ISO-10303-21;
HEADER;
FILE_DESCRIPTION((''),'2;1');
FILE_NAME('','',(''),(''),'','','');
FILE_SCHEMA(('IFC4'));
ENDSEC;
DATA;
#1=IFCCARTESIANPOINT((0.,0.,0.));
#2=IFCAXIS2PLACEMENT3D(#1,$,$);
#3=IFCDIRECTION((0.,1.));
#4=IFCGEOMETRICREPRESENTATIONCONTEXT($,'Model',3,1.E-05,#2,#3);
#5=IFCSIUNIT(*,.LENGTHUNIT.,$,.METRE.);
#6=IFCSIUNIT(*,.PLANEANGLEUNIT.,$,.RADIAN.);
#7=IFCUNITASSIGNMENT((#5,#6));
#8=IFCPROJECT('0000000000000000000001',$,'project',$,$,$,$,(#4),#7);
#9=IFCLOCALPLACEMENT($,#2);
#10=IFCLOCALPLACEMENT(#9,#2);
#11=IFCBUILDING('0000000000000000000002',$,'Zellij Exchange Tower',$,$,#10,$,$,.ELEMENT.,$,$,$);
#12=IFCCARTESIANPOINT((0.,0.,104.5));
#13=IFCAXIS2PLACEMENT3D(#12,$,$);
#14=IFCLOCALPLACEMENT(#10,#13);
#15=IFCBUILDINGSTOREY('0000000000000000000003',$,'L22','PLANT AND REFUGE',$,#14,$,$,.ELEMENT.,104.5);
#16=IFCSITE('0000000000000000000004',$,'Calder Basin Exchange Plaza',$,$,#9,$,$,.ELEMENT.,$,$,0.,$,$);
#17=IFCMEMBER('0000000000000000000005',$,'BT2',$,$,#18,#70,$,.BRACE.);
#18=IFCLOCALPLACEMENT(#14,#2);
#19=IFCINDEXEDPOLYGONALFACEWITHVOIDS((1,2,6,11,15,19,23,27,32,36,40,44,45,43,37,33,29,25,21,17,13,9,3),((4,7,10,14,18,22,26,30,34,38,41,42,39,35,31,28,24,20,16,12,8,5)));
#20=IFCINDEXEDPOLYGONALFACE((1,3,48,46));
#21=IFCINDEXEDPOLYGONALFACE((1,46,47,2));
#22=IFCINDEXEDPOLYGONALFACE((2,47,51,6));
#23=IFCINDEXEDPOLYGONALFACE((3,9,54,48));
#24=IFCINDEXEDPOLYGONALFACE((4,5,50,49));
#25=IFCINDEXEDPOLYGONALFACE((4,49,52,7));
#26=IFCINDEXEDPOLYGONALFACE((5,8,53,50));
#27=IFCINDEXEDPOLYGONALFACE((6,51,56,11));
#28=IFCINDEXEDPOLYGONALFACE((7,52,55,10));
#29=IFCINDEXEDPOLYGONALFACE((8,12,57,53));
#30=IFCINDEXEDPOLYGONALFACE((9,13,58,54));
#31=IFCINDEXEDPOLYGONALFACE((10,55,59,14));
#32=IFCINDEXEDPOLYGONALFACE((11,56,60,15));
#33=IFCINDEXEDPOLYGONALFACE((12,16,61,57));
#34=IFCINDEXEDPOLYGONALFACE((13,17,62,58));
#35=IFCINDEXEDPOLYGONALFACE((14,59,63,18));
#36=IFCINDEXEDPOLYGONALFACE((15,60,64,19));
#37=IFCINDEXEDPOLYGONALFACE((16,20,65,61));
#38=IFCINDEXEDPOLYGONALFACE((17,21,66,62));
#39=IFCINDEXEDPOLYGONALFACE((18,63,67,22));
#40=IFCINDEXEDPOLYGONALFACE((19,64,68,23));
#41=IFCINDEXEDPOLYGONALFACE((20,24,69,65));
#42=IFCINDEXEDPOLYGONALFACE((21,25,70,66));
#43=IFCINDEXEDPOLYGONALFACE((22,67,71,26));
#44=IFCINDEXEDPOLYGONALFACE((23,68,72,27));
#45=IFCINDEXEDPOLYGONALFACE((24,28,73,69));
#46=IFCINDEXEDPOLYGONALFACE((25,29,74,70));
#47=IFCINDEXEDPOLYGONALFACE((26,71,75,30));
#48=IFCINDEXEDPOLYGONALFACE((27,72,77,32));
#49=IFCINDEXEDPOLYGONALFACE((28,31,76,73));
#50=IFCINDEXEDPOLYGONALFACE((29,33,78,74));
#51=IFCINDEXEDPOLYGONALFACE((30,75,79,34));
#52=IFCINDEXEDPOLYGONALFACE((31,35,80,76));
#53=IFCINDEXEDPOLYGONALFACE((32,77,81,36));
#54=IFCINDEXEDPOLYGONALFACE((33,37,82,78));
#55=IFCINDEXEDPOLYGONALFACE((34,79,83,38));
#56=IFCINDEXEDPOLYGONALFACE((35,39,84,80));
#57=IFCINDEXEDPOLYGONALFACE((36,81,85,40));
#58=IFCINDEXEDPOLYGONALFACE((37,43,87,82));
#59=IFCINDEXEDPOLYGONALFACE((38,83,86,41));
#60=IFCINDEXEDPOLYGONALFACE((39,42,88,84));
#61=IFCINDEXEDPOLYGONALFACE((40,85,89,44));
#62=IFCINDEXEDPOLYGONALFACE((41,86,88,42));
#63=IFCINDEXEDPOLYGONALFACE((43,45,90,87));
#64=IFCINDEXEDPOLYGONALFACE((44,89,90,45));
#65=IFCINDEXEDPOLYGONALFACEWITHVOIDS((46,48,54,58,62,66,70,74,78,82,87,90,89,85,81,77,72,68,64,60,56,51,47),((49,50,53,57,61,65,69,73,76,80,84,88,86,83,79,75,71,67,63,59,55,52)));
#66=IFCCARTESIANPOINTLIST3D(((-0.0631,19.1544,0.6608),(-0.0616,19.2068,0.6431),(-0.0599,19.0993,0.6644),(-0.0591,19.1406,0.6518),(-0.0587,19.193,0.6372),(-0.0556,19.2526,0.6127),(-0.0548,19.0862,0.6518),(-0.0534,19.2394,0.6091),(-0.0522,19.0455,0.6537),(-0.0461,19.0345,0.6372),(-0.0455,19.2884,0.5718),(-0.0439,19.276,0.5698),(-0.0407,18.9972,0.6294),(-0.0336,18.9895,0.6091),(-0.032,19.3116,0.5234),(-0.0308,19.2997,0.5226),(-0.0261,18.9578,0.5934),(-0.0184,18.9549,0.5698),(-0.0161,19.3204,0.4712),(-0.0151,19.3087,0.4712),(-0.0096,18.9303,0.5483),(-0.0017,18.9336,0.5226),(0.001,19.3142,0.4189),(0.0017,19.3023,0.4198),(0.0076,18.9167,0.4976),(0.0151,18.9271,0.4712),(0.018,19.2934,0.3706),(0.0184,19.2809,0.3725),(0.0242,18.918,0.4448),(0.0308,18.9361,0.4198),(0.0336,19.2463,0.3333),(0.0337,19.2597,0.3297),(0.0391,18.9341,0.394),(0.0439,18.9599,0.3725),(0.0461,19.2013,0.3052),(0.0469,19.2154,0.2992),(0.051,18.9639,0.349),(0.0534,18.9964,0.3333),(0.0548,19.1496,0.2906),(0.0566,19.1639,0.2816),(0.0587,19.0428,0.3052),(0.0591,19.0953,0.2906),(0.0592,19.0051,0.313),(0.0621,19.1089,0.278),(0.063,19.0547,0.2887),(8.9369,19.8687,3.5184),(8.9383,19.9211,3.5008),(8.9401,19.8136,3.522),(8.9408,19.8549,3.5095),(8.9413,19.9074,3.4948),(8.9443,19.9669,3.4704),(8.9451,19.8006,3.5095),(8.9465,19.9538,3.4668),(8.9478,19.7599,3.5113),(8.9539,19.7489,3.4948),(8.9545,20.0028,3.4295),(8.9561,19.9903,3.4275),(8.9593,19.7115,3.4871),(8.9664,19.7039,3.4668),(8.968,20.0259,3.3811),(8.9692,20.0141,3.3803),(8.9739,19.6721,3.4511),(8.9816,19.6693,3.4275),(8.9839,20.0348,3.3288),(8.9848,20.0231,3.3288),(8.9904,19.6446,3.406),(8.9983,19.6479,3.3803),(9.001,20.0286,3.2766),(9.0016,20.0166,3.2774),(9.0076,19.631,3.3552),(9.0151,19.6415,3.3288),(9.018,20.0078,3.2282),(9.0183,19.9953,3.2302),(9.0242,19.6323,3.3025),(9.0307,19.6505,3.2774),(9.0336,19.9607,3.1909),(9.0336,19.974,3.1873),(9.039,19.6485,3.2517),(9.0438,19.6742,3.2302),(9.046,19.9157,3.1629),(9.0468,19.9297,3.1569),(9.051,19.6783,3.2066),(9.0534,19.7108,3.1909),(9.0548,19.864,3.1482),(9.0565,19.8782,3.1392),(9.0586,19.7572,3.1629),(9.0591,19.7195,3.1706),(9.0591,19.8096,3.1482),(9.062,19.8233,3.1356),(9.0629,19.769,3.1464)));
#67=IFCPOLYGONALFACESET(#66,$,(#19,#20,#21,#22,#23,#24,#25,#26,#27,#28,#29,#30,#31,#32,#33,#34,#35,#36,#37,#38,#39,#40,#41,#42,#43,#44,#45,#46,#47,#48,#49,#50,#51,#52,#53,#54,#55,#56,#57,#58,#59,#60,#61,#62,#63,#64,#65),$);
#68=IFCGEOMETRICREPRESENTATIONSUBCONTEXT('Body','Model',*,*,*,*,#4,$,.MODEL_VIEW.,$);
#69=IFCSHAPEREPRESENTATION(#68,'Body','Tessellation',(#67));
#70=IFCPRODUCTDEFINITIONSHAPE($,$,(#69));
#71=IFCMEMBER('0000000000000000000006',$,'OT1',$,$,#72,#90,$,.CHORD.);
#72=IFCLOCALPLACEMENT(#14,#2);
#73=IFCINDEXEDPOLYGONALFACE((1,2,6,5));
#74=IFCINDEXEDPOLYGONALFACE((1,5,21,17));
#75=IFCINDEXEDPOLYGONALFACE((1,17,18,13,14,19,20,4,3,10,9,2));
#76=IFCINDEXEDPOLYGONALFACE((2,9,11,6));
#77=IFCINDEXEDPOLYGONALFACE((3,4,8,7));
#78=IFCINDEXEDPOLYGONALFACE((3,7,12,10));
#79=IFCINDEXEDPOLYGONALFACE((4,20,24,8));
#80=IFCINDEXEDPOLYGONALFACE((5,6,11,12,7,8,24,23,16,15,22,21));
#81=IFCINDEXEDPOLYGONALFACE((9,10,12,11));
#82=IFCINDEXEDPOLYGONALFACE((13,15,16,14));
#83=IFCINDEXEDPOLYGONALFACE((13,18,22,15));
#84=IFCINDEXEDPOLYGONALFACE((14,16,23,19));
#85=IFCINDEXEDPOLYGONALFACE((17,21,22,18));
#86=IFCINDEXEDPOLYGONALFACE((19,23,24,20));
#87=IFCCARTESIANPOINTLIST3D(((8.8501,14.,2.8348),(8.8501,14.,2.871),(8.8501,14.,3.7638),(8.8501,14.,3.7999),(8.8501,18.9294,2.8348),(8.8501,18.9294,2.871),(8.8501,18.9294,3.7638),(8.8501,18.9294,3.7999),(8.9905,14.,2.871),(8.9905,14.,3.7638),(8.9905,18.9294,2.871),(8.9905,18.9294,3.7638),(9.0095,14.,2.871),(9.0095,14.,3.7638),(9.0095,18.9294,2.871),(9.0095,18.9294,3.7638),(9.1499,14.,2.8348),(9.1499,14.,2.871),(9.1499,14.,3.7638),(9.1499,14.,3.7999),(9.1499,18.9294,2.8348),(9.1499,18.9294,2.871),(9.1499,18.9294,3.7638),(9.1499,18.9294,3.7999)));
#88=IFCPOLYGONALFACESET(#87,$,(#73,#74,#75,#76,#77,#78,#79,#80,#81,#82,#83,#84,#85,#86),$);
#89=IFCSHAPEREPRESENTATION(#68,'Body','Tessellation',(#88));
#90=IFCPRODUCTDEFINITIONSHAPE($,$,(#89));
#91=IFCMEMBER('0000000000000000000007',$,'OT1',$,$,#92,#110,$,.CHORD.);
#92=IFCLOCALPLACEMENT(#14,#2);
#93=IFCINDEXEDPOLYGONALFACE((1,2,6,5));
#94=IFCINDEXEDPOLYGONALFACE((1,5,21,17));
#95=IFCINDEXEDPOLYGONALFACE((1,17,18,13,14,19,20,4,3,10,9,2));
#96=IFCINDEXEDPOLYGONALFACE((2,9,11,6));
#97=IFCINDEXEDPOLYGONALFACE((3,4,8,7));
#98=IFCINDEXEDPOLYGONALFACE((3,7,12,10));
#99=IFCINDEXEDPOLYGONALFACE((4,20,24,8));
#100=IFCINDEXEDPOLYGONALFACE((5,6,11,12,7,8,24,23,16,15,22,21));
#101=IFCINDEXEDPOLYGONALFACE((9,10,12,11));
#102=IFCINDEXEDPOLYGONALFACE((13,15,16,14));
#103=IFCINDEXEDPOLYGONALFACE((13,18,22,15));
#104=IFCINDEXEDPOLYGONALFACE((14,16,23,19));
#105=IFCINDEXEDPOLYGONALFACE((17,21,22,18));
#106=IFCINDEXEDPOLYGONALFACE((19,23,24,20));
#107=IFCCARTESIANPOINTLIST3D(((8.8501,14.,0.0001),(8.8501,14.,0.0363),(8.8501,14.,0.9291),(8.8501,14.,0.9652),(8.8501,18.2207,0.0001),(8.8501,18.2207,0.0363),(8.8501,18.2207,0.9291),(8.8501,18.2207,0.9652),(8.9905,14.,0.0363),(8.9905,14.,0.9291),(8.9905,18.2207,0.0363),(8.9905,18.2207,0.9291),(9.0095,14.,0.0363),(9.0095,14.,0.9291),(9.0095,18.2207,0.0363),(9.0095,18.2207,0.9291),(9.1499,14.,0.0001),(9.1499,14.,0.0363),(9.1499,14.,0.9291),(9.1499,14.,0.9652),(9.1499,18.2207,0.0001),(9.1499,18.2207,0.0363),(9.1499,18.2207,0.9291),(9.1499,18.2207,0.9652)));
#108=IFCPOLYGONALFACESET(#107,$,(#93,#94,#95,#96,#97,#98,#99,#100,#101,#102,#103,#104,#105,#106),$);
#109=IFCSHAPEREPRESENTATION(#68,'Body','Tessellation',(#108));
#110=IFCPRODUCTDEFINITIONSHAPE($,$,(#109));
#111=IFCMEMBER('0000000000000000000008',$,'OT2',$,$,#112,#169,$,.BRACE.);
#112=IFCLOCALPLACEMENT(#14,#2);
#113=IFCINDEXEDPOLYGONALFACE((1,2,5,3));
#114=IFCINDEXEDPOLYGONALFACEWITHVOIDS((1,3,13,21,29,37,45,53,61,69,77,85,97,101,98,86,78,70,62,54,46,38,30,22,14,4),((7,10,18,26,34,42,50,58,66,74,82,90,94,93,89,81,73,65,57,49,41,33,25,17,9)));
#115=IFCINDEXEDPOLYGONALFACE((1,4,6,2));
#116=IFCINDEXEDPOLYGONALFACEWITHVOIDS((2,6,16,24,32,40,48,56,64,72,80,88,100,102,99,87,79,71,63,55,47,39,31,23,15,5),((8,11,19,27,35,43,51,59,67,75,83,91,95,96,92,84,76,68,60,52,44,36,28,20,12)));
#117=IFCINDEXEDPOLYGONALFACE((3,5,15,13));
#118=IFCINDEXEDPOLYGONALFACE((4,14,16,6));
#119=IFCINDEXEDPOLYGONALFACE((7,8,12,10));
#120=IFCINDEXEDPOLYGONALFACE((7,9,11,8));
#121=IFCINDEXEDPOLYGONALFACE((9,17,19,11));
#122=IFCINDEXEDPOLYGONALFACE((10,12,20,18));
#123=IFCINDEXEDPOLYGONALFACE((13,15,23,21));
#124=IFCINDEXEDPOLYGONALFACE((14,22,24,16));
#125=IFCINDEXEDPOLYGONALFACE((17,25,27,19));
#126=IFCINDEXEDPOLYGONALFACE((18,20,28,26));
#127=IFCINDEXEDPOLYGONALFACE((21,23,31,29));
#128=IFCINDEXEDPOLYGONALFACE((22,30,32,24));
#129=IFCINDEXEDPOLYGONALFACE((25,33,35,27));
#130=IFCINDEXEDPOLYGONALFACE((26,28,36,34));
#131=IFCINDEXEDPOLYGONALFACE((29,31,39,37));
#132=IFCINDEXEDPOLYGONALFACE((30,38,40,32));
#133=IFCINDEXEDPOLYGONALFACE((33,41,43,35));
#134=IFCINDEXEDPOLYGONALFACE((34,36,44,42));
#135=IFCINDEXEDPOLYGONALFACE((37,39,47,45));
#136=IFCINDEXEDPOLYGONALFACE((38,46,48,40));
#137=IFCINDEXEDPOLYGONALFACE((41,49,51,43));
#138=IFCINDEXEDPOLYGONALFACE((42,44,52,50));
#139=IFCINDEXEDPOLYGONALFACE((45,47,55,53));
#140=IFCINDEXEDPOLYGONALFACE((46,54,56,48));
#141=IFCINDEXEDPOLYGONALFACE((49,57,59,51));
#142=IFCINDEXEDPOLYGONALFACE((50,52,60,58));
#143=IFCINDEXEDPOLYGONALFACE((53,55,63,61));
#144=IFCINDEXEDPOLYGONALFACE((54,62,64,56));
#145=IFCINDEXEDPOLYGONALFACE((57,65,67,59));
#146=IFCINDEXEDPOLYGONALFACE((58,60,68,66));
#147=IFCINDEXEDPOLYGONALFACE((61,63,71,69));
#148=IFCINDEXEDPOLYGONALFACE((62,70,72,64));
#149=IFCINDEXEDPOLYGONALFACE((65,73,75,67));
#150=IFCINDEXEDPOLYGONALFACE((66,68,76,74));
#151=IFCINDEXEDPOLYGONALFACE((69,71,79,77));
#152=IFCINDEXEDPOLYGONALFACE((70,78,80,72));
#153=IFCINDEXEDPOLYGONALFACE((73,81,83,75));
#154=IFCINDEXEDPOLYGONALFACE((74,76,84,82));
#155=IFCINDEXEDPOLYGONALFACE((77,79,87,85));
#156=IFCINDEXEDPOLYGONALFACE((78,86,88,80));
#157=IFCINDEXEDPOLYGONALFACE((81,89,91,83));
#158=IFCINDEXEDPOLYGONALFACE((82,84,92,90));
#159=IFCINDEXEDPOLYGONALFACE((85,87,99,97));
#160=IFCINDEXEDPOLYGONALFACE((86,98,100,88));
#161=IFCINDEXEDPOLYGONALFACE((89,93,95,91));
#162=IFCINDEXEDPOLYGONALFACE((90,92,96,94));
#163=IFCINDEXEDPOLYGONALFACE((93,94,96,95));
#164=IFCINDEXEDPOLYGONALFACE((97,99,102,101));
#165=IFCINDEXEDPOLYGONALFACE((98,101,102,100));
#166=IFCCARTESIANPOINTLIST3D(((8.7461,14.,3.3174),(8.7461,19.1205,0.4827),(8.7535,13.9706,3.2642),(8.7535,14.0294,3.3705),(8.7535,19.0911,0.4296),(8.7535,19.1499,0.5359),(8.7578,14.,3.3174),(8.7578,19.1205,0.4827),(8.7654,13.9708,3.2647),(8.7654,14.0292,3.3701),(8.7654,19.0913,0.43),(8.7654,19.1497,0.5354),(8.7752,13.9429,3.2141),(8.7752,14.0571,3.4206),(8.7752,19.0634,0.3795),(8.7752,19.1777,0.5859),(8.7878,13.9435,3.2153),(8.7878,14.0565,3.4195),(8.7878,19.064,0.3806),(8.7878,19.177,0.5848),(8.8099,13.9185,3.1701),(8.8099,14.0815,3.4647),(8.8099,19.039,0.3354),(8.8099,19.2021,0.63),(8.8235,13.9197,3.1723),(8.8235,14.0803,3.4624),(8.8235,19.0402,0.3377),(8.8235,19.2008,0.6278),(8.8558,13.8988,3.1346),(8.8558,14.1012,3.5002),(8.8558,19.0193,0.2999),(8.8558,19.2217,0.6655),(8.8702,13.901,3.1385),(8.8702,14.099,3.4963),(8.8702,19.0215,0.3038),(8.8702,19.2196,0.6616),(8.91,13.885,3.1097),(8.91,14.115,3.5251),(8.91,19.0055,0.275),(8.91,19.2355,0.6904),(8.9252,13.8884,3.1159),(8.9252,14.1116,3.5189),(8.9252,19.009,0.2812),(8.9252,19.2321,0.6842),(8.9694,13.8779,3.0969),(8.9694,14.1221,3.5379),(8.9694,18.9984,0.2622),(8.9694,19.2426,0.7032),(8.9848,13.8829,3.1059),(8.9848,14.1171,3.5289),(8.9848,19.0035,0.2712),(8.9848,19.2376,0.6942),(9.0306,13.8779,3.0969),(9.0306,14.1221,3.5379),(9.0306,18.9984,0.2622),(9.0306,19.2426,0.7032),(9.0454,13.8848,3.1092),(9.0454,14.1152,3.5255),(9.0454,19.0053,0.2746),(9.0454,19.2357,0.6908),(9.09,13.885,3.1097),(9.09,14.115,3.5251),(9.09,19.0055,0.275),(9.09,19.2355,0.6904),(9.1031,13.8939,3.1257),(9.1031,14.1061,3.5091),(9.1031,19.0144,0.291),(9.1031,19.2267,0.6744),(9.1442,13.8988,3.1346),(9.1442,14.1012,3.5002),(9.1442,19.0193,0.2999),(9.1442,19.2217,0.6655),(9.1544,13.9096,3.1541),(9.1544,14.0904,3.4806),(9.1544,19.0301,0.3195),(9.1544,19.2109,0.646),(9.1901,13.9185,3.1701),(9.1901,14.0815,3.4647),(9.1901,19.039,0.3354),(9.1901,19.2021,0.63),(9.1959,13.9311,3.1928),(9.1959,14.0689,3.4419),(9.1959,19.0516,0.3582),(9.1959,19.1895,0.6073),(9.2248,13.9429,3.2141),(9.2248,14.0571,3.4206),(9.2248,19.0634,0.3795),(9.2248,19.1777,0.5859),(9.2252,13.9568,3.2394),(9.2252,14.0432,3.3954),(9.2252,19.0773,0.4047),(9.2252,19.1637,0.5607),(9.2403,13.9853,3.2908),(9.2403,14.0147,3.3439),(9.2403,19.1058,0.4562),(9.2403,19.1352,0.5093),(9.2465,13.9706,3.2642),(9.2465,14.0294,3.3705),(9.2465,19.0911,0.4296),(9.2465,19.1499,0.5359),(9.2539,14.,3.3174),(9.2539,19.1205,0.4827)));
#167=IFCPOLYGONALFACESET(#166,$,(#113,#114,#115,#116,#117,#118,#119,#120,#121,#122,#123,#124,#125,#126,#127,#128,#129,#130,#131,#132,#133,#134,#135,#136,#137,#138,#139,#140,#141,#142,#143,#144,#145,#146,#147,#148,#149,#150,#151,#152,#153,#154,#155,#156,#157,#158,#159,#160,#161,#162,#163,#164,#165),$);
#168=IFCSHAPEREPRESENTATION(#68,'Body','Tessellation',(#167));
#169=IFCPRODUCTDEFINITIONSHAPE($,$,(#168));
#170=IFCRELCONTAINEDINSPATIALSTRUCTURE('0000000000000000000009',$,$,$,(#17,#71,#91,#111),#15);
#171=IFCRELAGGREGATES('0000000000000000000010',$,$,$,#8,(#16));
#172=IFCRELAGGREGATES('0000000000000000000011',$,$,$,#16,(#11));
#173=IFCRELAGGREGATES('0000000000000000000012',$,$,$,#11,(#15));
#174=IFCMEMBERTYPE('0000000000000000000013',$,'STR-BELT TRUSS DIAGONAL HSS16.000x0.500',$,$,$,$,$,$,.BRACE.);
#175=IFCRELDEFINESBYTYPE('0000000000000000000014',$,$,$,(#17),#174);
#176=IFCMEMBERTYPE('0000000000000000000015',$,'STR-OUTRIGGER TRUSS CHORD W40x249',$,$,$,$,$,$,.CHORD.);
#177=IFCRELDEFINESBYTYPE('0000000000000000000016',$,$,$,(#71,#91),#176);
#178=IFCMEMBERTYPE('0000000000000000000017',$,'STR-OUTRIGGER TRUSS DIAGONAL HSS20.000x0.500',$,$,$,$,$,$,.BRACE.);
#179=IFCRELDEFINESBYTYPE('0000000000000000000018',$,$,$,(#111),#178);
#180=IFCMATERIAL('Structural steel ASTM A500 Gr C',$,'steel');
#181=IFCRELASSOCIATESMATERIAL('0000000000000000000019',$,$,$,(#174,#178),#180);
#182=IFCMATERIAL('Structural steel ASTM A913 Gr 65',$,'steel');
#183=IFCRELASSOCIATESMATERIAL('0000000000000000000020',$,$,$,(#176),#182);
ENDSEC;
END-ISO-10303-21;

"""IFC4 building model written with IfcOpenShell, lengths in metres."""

from ifc_helpers import new_model, si_unit, direction, frame, origin, origin_2d, place, context, subcontext, project, spatial, hollow_circle, i_section, extrude, material, material_profile, profile_set, type_object, element, save


model = new_model("IFC4")

# Units and contexts
model_context = context("Model", 3, precision=1e-05, world=origin(), true_north=direction((0.0, 1.0)))
body_context = subcontext(model_context, "Body", "Model", "MODEL_VIEW")
ifc_project = project(units=[si_unit("LENGTHUNIT", "METRE"), si_unit("PLANEANGLEUNIT", "RADIAN")], contexts=[model_context])

# Site, building, storey
site_placement = place(None, origin())
site = spatial("IfcSite", under=ifc_project, at=site_placement, Name="Calder Basin Exchange Plaza", CompositionType="ELEMENT", RefElevation=0.0)
building_placement = place(site_placement, origin())
building = spatial("IfcBuilding", under=site, at=building_placement, Name="Zellij Exchange Tower", CompositionType="ELEMENT")
storey_placement = place(building_placement, frame((0.0, 0.0, 104.5)))
storey = spatial("IfcBuildingStorey", under=building, at=storey_placement, Name="L22", Description="PLANT AND REFUGE", CompositionType="ELEMENT", Elevation=104.5)

# Members
ifc_material_1 = material(Name="Structural steel ASTM A500 Gr C", Category="steel")
ifc_material_profile_1 = material_profile(ifc_material_1, hollow_circle(Radius=0.2031, WallThickness=0.0117, at=origin_2d()), Name="STR-BELT TRUSS DIAGONAL HSS16.000x0.500")
ifc_profile_set_1 = profile_set([ifc_material_profile_1], Name="Structural steel ASTM A500 Gr C")
member_type_1 = type_object("IfcMemberType", Name="STR-BELT TRUSS DIAGONAL HSS16.000x0.500", PredefinedType="BRACE", material=ifc_profile_set_1)
member_1_placement = place(storey_placement, frame((0.0, 19.1179, 0.4712), z_axis=(0.950393, 0.075435, 0.301767), x_axis=(-0.079124, 0.996865, 0.0)))
element("IfcMember", 1, at=member_1_placement, inside=storey, type_object=member_type_1, Name="BT2", PredefinedType="BRACE", context=body_context, shape_type="SweptSolid", body=[
    extrude(hollow_circle(Radius=0.2031, WallThickness=0.0117, at=origin_2d()), origin(), (0.0, 0.0, 1.0), 9.4697),
])
ifc_material_2 = material(Name="Structural steel ASTM A913 Gr 65", Category="steel")
ifc_material_profile_2 = material_profile(ifc_material_2, i_section(OverallWidth=0.2998, OverallDepth=0.9651, WebThickness=0.019, FlangeThickness=0.0361, at=origin_2d()), Name="W40x249")
ifc_profile_set_2 = profile_set([ifc_material_profile_2], Name="Structural steel ASTM A913 Gr 65")
member_type_2 = type_object("IfcMemberType", Name="STR-OUTRIGGER TRUSS CHORD W40x249", PredefinedType="CHORD", material=ifc_profile_set_2)
member_2_placement = place(storey_placement, frame((9.0, 14.0, 3.3174), z_axis=(0.0, 1.0, 0.0), x_axis=(-1.0, 0.0, 0.0)))
element("IfcMember", 2, at=member_2_placement, inside=storey, type_object=member_type_2, Name="OT1", PredefinedType="CHORD", context=body_context, shape_type="SweptSolid", body=[
    extrude(i_section(OverallWidth=0.2998, OverallDepth=0.9651, WebThickness=0.019, FlangeThickness=0.0361, at=origin_2d()), origin(), (0.0, 0.0, 1.0), 4.9294),
])
member_3_placement = place(storey_placement, frame((9.0, 14.0, 0.4827), z_axis=(0.0, 1.0, 0.0), x_axis=(-1.0, 0.0, 0.0)))
element("IfcMember", 3, at=member_3_placement, inside=storey, type_object=member_type_2, Name="OT1", PredefinedType="CHORD", context=body_context, shape_type="SweptSolid", body=[
    extrude(i_section(OverallWidth=0.2998, OverallDepth=0.9651, WebThickness=0.019, FlangeThickness=0.0361, at=origin_2d()), origin(), (0.0, 0.0, 1.0), 4.2207),
])
ifc_material_profile_3 = material_profile(ifc_material_1, hollow_circle(Radius=0.2539, WallThickness=0.0117, at=origin_2d()), Name="STR-OUTRIGGER TRUSS DIAGONAL HSS20.000x0.500")
ifc_profile_set_3 = profile_set([ifc_material_profile_3], Name="Structural steel ASTM A500 Gr C")
member_type_3 = type_object("IfcMemberType", Name="STR-OUTRIGGER TRUSS DIAGONAL HSS20.000x0.500", PredefinedType="BRACE", material=ifc_profile_set_3)
member_4_placement = place(storey_placement, frame((9.0, 14.0, 3.3174), z_axis=(0.0, 0.874886, -0.484328), x_axis=(-1.0, 0.0, 0.0)))
element("IfcMember", 4, at=member_4_placement, inside=storey, type_object=member_type_3, Name="OT2", PredefinedType="BRACE", context=body_context, shape_type="SweptSolid", body=[
    extrude(hollow_circle(Radius=0.2539, WallThickness=0.0117, at=origin_2d()), origin(), (0.0, 0.0, 1.0), 5.8528),
])

save(model, "model.ifc")
